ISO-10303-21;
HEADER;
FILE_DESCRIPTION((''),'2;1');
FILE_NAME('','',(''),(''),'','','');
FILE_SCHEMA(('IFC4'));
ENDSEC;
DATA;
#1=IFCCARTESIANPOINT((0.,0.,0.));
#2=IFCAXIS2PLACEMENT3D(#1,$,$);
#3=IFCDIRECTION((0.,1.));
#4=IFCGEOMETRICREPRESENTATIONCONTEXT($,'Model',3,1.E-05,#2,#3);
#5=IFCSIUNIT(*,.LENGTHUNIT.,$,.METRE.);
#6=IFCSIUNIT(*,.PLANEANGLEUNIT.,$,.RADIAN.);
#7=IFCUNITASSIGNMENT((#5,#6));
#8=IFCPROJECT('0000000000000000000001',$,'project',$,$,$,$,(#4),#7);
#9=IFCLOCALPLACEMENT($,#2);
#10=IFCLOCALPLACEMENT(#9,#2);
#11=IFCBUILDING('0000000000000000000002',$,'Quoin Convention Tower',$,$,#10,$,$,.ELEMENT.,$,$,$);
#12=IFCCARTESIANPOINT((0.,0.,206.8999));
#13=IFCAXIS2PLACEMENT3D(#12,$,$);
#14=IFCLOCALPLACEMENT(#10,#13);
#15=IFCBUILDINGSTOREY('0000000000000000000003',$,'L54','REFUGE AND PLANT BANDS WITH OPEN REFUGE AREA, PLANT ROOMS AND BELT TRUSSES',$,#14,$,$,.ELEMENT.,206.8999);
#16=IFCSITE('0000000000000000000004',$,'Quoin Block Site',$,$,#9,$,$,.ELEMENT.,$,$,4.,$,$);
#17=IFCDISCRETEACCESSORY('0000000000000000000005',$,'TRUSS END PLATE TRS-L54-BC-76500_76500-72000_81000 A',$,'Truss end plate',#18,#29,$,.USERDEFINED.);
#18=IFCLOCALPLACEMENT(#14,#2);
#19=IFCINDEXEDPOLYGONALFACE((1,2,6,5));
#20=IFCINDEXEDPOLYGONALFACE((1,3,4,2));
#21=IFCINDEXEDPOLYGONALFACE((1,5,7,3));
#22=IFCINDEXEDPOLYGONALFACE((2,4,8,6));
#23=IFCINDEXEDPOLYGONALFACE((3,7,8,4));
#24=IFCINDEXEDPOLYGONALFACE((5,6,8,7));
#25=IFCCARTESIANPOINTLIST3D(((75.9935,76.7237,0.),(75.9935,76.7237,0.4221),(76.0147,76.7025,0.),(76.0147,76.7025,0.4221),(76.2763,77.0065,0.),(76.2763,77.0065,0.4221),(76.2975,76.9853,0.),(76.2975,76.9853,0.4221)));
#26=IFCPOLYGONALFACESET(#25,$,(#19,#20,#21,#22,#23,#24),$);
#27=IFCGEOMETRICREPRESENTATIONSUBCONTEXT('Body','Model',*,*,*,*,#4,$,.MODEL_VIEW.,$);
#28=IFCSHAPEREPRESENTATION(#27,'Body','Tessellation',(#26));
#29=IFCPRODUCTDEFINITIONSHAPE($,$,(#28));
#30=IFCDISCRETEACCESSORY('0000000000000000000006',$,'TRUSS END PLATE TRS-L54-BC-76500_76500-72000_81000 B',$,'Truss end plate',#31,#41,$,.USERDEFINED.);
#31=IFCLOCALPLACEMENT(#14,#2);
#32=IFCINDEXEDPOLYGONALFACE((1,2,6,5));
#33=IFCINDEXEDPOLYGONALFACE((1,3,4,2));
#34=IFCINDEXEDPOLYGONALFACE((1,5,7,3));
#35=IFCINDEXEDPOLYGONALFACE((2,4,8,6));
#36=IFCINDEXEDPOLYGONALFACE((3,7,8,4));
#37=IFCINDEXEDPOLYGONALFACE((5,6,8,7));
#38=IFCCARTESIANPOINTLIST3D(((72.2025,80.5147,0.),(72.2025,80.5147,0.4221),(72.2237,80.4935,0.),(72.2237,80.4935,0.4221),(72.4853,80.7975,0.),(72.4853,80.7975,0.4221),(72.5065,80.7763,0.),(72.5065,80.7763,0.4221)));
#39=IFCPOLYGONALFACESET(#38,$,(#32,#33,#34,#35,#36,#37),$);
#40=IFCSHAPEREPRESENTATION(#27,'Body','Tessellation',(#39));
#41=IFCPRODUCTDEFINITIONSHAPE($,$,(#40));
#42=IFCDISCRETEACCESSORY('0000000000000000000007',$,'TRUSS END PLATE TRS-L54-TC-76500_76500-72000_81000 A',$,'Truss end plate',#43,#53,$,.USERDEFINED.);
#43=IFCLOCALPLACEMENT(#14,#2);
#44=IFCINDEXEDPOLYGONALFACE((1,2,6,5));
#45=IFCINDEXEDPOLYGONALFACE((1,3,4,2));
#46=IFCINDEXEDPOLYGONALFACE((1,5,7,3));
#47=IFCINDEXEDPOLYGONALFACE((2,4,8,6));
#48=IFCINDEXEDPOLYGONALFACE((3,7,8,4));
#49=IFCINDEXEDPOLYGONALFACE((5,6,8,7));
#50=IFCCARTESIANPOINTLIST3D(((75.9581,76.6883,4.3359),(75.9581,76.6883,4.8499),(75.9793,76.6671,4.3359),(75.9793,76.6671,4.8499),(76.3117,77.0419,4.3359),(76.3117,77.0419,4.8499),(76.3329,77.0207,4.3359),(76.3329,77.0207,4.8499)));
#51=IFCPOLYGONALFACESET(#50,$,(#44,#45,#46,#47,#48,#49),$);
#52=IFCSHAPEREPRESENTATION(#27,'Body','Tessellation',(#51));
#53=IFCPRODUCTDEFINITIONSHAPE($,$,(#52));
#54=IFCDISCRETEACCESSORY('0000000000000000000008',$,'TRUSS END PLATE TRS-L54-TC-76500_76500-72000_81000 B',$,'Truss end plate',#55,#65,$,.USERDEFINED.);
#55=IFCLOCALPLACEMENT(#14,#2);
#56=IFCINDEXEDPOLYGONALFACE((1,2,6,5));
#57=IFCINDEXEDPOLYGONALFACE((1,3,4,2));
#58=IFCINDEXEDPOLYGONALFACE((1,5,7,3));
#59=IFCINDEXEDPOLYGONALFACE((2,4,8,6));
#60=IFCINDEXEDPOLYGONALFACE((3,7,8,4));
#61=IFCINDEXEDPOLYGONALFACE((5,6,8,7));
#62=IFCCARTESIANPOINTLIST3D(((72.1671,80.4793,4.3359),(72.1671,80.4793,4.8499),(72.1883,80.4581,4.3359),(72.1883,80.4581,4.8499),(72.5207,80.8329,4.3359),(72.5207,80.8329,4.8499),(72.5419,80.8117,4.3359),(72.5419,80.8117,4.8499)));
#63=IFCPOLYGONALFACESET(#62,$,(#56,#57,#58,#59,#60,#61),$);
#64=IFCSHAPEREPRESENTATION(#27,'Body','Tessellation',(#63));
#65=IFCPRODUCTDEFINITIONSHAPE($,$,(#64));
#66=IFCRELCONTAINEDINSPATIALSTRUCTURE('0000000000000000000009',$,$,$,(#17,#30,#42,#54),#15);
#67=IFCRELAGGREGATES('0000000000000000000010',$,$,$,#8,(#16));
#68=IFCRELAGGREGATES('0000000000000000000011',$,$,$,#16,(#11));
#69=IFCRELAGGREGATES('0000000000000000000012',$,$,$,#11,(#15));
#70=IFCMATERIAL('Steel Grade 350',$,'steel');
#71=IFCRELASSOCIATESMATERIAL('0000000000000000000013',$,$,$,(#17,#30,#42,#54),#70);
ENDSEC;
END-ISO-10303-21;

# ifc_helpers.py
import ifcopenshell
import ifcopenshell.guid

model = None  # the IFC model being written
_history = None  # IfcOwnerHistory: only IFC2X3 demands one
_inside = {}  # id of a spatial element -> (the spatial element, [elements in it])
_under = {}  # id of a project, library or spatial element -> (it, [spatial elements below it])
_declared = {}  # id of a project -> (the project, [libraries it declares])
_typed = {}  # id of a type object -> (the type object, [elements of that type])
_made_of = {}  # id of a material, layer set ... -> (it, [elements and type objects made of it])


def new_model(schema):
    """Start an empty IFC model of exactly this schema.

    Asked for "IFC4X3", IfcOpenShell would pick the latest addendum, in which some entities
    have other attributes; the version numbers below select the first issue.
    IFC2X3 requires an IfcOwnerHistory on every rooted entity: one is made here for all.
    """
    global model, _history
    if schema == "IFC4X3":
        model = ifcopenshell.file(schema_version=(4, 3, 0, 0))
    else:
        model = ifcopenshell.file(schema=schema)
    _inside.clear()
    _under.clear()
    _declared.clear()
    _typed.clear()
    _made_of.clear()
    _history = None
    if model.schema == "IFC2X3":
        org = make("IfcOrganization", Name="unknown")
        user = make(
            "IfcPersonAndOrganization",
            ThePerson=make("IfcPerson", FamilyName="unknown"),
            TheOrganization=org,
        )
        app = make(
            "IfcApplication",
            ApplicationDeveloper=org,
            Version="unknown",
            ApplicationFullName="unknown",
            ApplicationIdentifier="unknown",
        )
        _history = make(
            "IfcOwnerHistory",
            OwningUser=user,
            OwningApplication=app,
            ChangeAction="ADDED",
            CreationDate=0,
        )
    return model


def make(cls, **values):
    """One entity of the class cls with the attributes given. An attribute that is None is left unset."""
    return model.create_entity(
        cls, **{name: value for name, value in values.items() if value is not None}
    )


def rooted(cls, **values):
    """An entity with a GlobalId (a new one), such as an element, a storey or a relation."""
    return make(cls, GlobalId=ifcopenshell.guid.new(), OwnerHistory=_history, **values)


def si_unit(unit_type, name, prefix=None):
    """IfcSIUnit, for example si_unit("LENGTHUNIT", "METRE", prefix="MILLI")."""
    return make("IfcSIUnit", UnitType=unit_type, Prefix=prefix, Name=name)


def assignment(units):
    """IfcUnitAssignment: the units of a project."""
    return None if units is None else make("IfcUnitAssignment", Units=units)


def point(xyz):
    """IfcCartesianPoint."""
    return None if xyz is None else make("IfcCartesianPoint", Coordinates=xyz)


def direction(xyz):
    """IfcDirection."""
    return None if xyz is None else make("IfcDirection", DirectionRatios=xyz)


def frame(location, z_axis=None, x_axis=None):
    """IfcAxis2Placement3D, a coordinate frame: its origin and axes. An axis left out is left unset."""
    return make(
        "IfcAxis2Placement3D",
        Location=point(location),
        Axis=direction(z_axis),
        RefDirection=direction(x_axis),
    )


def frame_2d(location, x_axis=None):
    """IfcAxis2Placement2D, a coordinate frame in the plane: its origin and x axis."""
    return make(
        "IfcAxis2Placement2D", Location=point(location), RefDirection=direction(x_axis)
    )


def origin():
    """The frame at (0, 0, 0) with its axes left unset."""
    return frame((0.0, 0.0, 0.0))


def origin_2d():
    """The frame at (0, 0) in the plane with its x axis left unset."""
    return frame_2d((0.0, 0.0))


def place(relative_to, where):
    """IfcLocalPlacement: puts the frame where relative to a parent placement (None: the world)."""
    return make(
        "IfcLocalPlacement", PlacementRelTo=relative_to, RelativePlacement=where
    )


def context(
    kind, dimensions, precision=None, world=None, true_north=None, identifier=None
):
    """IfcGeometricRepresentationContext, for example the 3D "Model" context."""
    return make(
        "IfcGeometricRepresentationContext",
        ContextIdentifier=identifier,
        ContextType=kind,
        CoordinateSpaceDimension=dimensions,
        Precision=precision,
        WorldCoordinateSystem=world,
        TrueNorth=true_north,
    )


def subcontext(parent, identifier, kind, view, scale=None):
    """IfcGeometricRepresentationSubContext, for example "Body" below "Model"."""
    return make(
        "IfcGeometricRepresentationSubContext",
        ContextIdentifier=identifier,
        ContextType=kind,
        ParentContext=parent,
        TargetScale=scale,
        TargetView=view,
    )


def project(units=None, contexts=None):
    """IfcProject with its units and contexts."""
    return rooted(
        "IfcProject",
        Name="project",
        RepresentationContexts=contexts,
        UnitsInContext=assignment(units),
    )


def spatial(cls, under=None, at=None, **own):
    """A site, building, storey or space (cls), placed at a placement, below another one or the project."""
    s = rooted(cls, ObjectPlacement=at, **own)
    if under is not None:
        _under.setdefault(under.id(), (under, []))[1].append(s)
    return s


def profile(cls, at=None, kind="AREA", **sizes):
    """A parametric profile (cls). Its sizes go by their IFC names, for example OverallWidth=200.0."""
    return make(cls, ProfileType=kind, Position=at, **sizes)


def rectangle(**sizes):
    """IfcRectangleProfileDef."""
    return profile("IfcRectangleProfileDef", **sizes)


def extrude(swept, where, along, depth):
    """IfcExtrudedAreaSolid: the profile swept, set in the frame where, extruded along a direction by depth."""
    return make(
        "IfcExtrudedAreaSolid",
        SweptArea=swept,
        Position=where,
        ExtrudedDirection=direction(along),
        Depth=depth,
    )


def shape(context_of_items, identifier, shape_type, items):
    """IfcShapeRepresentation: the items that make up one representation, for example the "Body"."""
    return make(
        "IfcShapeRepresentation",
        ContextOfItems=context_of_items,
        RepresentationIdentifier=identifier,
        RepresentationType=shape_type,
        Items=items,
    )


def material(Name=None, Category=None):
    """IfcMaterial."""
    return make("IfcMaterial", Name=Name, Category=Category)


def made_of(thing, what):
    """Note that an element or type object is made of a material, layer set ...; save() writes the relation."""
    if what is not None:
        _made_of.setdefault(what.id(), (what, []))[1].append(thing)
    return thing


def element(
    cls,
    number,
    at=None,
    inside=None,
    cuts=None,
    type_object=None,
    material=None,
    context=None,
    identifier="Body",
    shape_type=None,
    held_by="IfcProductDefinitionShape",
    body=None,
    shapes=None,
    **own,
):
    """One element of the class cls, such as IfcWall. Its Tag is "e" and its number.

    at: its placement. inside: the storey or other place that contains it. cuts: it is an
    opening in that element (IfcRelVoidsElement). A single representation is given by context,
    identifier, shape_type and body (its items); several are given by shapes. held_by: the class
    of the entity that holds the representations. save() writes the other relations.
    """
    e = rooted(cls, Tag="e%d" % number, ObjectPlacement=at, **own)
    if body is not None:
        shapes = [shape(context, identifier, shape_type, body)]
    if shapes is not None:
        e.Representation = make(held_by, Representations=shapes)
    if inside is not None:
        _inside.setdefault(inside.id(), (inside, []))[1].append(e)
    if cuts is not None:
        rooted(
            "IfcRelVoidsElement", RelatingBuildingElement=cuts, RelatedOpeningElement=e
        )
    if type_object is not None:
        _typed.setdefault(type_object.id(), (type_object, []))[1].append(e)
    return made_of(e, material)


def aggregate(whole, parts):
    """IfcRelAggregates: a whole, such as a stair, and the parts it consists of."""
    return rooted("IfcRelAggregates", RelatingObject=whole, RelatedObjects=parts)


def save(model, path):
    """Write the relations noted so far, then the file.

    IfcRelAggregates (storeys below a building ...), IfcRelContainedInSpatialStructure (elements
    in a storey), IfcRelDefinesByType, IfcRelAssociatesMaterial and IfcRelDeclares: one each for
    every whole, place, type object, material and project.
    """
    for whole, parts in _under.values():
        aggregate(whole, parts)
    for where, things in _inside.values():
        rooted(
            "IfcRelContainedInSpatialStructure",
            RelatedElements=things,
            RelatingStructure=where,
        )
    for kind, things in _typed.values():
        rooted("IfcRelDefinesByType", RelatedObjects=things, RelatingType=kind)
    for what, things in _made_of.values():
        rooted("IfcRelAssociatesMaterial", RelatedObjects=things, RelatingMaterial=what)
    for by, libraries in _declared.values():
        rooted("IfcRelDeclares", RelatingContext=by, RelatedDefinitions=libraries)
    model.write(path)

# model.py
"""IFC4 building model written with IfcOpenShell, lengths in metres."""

from ifc_helpers import new_model, si_unit, direction, frame, origin, origin_2d, place, context, subcontext, project, spatial, rectangle, extrude, material, element, save


model = new_model("IFC4")

# Units and contexts
model_context = context("Model", 3, precision=1e-05, world=origin(), true_north=direction((0.0, 1.0)))
body_context = subcontext(model_context, "Body", "Model", "MODEL_VIEW")
ifc_project = project(units=[si_unit("LENGTHUNIT", "METRE"), si_unit("PLANEANGLEUNIT", "RADIAN")], contexts=[model_context])

# Site, building, storey
site_placement = place(None, origin())
site = spatial("IfcSite", under=ifc_project, at=site_placement, Name="Quoin Block Site", CompositionType="ELEMENT", RefElevation=4.0)
building_placement = place(site_placement, origin())
building = spatial("IfcBuilding", under=site, at=building_placement, Name="Quoin Convention Tower", CompositionType="ELEMENT")
storey_placement = place(building_placement, frame((0.0, 0.0, 206.8999)))
storey = spatial("IfcBuildingStorey", under=building, at=storey_placement, Name="L54", Description="REFUGE AND PLANT BANDS WITH OPEN REFUGE AREA, PLANT ROOMS AND BELT TRUSSES", CompositionType="ELEMENT", Elevation=206.8999)

# Discrete accessories
ifc_material_1 = material(Name="Steel Grade 350", Category="steel")
for number, where, z_axis, x_axis, name in (
    (1, (76.1455, 76.8545, 0.0), (0.0, 0.0, 1.0), (0.707107, -0.707107, 0.0), "TRUSS END PLATE TRS-L54-BC-76500_76500-72000_81000 A"),
    (2, (72.3545, 80.6455, 0.0), (0.0, 0.0, 1.0), (-0.707107, 0.707107, 0.0), "TRUSS END PLATE TRS-L54-BC-76500_76500-72000_81000 B"),
):
    element("IfcDiscreteAccessory", number, at=place(storey_placement, frame(where, z_axis=z_axis, x_axis=x_axis)), inside=storey, material=ifc_material_1, Name=name, ObjectType="Truss end plate", PredefinedType="USERDEFINED", context=body_context, shape_type="SweptSolid", body=[
        extrude(rectangle(XDim=0.03, YDim=0.3999, at=origin_2d()), origin(), (0.0, 0.0, 1.0), 0.4221),
    ])
for number, where, z_axis, x_axis, name in (
    (3, (76.1455, 76.8545, 4.3359), (0.0, 0.0, 1.0), (0.707107, -0.707107, 0.0), "TRUSS END PLATE TRS-L54-TC-76500_76500-72000_81000 A"),
    (4, (72.3545, 80.6455, 4.3359), (0.0, 0.0, 1.0), (-0.707107, 0.707107, 0.0), "TRUSS END PLATE TRS-L54-TC-76500_76500-72000_81000 B"),
):
    element("IfcDiscreteAccessory", number, at=place(storey_placement, frame(where, z_axis=z_axis, x_axis=x_axis)), inside=storey, material=ifc_material_1, Name=name, ObjectType="Truss end plate", PredefinedType="USERDEFINED", context=body_context, shape_type="SweptSolid", body=[
        extrude(rectangle(XDim=0.03, YDim=0.5, at=origin_2d()), origin(), (0.0, 0.0, 1.0), 0.5139),
    ])

save(model, "model.ifc")
